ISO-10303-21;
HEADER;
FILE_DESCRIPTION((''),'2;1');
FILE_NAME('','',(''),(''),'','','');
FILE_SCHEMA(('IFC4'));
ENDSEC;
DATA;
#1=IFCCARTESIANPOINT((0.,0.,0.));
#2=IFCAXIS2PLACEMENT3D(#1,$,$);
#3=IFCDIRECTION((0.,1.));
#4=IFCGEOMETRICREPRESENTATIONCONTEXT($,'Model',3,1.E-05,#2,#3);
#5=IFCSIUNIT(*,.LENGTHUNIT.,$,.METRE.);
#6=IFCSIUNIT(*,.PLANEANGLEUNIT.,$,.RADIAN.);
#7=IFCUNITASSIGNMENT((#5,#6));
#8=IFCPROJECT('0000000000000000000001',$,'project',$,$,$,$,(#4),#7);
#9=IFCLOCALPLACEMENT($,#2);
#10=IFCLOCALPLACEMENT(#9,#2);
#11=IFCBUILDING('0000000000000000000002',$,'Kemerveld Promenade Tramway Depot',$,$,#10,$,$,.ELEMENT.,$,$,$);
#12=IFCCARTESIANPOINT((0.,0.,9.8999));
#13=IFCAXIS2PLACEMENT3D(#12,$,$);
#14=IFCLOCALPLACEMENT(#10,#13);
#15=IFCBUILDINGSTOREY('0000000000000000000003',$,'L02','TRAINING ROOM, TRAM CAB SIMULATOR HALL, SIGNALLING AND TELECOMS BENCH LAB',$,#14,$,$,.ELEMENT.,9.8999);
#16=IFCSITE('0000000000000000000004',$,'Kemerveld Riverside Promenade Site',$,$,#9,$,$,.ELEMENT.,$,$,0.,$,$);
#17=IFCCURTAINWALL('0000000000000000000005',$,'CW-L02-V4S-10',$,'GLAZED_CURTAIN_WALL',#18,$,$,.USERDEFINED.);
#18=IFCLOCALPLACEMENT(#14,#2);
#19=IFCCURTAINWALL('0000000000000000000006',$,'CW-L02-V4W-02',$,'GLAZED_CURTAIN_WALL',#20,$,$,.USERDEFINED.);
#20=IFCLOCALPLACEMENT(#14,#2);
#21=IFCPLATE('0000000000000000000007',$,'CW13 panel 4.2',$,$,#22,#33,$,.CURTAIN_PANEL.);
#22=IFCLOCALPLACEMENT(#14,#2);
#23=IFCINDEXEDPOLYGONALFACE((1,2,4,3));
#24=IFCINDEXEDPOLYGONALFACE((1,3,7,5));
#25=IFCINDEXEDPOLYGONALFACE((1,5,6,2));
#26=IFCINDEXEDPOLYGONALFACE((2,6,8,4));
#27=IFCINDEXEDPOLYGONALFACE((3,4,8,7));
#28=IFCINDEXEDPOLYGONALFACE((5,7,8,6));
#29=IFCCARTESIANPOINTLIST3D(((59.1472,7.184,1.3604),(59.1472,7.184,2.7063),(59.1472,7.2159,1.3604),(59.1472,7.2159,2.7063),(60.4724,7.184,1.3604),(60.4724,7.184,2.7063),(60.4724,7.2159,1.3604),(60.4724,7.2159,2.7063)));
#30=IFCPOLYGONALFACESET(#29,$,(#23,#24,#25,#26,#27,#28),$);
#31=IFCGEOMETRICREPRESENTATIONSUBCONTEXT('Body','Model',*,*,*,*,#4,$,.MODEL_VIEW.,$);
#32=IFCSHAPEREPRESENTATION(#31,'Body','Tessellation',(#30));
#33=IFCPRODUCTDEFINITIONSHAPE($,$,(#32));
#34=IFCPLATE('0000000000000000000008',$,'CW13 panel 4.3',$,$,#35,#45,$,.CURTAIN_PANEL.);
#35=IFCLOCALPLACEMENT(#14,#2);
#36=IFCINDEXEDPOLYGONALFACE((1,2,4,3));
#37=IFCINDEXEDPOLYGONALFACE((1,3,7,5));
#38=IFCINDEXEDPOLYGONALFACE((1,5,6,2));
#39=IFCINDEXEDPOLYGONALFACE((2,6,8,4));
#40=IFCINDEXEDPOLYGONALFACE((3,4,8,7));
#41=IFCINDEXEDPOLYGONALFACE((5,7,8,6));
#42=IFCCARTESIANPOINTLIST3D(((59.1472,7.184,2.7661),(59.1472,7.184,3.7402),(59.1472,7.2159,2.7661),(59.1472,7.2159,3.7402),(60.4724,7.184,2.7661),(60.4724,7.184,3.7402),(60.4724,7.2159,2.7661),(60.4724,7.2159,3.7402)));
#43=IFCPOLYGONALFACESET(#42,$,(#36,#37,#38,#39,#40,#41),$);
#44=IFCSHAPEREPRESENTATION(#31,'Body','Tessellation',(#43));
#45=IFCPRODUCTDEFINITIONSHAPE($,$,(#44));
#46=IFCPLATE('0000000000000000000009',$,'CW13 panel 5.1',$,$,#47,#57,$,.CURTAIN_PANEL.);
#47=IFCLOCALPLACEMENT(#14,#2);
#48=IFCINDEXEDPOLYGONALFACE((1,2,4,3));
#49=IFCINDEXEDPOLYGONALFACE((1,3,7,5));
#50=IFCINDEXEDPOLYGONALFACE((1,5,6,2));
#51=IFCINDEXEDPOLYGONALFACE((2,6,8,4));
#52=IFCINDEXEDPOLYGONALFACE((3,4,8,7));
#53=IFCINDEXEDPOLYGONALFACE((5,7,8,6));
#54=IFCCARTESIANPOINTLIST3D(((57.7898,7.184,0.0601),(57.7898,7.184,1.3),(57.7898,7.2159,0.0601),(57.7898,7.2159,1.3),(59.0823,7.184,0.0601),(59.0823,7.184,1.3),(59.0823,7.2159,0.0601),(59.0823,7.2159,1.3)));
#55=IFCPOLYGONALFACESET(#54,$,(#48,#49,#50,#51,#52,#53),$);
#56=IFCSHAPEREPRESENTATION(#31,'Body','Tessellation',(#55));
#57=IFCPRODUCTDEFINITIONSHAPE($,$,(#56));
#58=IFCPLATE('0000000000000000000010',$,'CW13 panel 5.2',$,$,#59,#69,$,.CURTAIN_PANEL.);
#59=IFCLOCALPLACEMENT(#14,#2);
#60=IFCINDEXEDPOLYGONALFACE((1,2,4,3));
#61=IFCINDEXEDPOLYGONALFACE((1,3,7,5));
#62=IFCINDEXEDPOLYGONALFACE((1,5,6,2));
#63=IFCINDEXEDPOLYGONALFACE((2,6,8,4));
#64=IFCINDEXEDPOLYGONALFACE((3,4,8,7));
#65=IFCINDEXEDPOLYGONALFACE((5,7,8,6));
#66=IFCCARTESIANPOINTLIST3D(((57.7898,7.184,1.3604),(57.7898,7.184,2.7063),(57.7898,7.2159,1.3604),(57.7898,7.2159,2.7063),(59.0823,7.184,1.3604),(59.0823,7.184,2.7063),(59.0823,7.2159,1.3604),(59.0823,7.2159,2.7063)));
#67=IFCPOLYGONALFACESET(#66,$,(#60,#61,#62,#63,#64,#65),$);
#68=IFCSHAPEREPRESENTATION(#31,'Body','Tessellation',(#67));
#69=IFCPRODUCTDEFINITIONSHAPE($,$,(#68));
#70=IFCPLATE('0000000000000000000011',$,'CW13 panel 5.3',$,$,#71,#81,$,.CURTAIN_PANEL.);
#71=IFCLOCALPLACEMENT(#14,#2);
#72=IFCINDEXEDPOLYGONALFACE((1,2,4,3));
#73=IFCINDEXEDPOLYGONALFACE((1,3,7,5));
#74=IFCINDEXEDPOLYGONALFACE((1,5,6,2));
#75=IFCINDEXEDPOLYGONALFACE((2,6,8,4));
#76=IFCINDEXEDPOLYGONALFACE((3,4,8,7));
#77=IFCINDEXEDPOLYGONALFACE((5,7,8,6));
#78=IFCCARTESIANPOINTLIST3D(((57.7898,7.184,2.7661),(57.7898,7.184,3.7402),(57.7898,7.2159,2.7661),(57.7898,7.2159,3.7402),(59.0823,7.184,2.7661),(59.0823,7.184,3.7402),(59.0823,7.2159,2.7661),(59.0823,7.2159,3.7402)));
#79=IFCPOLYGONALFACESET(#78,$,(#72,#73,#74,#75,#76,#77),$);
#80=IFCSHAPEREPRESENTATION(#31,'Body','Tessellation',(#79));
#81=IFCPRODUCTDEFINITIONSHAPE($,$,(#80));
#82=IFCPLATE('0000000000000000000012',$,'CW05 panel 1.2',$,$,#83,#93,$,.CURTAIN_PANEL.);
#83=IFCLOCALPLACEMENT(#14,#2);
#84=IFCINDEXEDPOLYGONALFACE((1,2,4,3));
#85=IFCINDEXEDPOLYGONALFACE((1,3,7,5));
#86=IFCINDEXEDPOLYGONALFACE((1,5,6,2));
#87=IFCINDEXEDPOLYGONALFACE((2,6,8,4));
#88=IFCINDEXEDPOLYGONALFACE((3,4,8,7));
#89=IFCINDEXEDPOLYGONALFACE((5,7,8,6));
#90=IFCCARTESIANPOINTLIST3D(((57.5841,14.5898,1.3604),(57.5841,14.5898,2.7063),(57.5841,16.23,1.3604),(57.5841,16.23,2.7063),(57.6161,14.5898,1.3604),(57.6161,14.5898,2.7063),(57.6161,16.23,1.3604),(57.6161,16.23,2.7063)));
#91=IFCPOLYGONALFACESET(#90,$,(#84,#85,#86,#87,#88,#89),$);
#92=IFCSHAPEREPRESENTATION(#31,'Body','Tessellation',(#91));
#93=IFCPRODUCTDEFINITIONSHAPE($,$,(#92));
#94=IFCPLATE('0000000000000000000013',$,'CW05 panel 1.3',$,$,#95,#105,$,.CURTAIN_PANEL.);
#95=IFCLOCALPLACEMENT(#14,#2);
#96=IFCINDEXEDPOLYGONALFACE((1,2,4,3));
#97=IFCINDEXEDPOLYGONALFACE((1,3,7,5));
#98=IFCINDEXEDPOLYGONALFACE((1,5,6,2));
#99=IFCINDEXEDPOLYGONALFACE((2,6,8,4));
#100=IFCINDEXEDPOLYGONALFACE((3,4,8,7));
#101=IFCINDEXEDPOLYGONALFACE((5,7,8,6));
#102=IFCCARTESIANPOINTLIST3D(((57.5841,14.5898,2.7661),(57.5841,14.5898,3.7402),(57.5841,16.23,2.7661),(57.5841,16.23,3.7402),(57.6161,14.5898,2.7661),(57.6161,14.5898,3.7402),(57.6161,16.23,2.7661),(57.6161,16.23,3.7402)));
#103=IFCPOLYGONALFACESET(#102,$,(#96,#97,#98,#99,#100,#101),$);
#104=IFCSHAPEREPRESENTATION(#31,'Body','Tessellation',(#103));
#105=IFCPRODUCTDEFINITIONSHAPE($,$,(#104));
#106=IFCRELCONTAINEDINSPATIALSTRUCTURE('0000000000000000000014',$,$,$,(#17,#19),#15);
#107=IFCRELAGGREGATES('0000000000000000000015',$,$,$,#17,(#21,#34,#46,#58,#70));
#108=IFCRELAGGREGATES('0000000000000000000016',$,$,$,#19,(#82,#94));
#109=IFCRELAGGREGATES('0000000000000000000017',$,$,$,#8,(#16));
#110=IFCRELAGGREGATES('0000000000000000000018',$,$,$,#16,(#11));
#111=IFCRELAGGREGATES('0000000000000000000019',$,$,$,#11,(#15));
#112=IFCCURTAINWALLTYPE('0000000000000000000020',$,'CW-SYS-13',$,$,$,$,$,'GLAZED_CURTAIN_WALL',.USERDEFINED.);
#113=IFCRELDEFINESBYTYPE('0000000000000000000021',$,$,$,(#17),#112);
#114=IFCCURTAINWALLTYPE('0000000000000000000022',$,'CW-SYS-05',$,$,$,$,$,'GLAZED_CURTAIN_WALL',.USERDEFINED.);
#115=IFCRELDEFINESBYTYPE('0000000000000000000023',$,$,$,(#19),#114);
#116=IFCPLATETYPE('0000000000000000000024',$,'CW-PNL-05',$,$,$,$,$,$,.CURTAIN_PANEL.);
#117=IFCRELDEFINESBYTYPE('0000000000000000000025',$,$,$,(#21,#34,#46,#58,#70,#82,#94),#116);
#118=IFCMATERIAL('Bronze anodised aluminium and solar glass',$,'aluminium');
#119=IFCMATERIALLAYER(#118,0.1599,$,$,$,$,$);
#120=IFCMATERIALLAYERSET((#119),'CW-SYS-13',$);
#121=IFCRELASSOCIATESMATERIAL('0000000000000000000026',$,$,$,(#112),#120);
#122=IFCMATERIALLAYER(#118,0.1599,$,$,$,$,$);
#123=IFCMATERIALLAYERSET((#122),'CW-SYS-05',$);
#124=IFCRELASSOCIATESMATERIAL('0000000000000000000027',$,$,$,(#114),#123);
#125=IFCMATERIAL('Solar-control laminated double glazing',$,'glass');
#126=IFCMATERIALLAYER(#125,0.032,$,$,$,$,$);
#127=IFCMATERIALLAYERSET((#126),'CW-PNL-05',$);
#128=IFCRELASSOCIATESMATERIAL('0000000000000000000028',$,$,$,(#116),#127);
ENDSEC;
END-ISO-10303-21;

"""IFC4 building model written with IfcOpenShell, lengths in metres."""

from ifc_helpers import new_model, si_unit, direction, frame, origin, origin_2d, place, context, subcontext, project, spatial, rectangle, extrude, material, layer, layer_set, type_object, element, aggregate, save


model = new_model("IFC4")

# Units and contexts
model_context = context("Model", 3, precision=1e-05, world=origin(), true_north=direction((0.0, 1.0)))
body_context = subcontext(model_context, "Body", "Model", "MODEL_VIEW")
ifc_project = project(units=[si_unit("LENGTHUNIT", "METRE"), si_unit("PLANEANGLEUNIT", "RADIAN")], contexts=[model_context])

# Site, building, storey
site_placement = place(None, origin())
site = spatial("IfcSite", under=ifc_project, at=site_placement, Name="Kemerveld Riverside Promenade Site", CompositionType="ELEMENT", RefElevation=0.0)
building_placement = place(site_placement, origin())
building = spatial("IfcBuilding", under=site, at=building_placement, Name="Kemerveld Promenade Tramway Depot", CompositionType="ELEMENT")
storey_placement = place(building_placement, frame((0.0, 0.0, 9.8999)))
storey = spatial("IfcBuildingStorey", under=building, at=storey_placement, Name="L02", Description="TRAINING ROOM, TRAM CAB SIMULATOR HALL, SIGNALLING AND TELECOMS BENCH LAB", CompositionType="ELEMENT", Elevation=9.8999)

# Curtain wall
ifc_material_1 = material(Name="Bronze anodised aluminium and solar glass", Category="aluminium")
ifc_layer_1 = layer(ifc_material_1, 0.1599)
ifc_layer_set_1 = layer_set([ifc_layer_1], Name="CW-SYS-13")
curtain_wall_type_1 = type_object("IfcCurtainWallType", Name="CW-SYS-13", ElementType="GLAZED_CURTAIN_WALL", PredefinedType="USERDEFINED", material=ifc_layer_set_1)
curtain_wall_1_placement = place(storey_placement, origin())
curtain_wall_1 = element("IfcCurtainWall", 1, at=curtain_wall_1_placement, inside=storey, type_object=curtain_wall_type_1, Name="CW-L02-V4S-10", ObjectType="GLAZED_CURTAIN_WALL", PredefinedType="USERDEFINED")

# Curtain wall
ifc_layer_2 = layer(ifc_material_1, 0.1599)
ifc_layer_set_2 = layer_set([ifc_layer_2], Name="CW-SYS-05")
curtain_wall_type_2 = type_object("IfcCurtainWallType", Name="CW-SYS-05", ElementType="GLAZED_CURTAIN_WALL", PredefinedType="USERDEFINED", material=ifc_layer_set_2)
curtain_wall_2_placement = place(storey_placement, origin())
curtain_wall_2 = element("IfcCurtainWall", 2, at=curtain_wall_2_placement, inside=storey, type_object=curtain_wall_type_2, Name="CW-L02-V4W-02", ObjectType="GLAZED_CURTAIN_WALL", PredefinedType="USERDEFINED")

# Plates
ifc_material_2 = material(Name="Solar-control laminated double glazing", Category="glass")
ifc_layer_3 = layer(ifc_material_2, 0.032)
ifc_layer_set_3 = layer_set([ifc_layer_3], Name="CW-PNL-05")
plate_type = type_object("IfcPlateType", Name="CW-PNL-05", PredefinedType="CURTAIN_PANEL", material=ifc_layer_set_3)
plate_1_placement = place(storey_placement, frame((59.8098, 7.2, 1.3604), z_axis=(0.0, 0.0, 1.0), x_axis=(-1.0, 0.0, 0.0)))
plate_1 = element("IfcPlate", 3, at=plate_1_placement, type_object=plate_type, Name="CW13 panel 4.2", PredefinedType="CURTAIN_PANEL", context=body_context, shape_type="SweptSolid", body=[
    extrude(rectangle(XDim=1.3252, YDim=0.032, at=origin_2d()), origin(), (0.0, 0.0, 1.0), 1.3459),
])
plate_2_placement = place(storey_placement, frame((59.8098, 7.2, 2.7661), z_axis=(0.0, 0.0, 1.0), x_axis=(-1.0, 0.0, 0.0)))
plate_2 = element("IfcPlate", 4, at=plate_2_placement, type_object=plate_type, Name="CW13 panel 4.3", PredefinedType="CURTAIN_PANEL", context=body_context, shape_type="SweptSolid", body=[
    extrude(rectangle(XDim=1.3252, YDim=0.032, at=origin_2d()), origin(), (0.0, 0.0, 1.0), 0.9741),
])
plate_3_placement = place(storey_placement, frame((58.436, 7.2, 0.0601), z_axis=(0.0, 0.0, 1.0), x_axis=(-1.0, 0.0, 0.0)))
plate_3 = element("IfcPlate", 5, at=plate_3_placement, type_object=plate_type, Name="CW13 panel 5.1", PredefinedType="CURTAIN_PANEL", context=body_context, shape_type="SweptSolid", body=[
    extrude(rectangle(XDim=1.2925, YDim=0.032, at=origin_2d()), origin(), (0.0, 0.0, 1.0), 1.24),
])
plate_4_placement = place(storey_placement, frame((58.436, 7.2, 1.3604), z_axis=(0.0, 0.0, 1.0), x_axis=(-1.0, 0.0, 0.0)))
plate_4 = element("IfcPlate", 6, at=plate_4_placement, type_object=plate_type, Name="CW13 panel 5.2", PredefinedType="CURTAIN_PANEL", context=body_context, shape_type="SweptSolid", body=[
    extrude(rectangle(XDim=1.2925, YDim=0.032, at=origin_2d()), origin(), (0.0, 0.0, 1.0), 1.3459),
])
plate_5_placement = place(storey_placement, frame((58.436, 7.2, 2.7661), z_axis=(0.0, 0.0, 1.0), x_axis=(-1.0, 0.0, 0.0)))
plate_5 = element("IfcPlate", 7, at=plate_5_placement, type_object=plate_type, Name="CW13 panel 5.3", PredefinedType="CURTAIN_PANEL", context=body_context, shape_type="SweptSolid", body=[
    extrude(rectangle(XDim=1.2925, YDim=0.032, at=origin_2d()), origin(), (0.0, 0.0, 1.0), 0.9741),
])
aggregate(curtain_wall_1, [plate_1, plate_2, plate_3, plate_4, plate_5])
plate_6_placement = place(storey_placement, frame((57.6001, 15.4099, 1.3604), z_axis=(0.0, 0.0, 1.0), x_axis=(0.0, 1.0, 0.0)))
plate_6 = element("IfcPlate", 8, at=plate_6_placement, type_object=plate_type, Name="CW05 panel 1.2", PredefinedType="CURTAIN_PANEL", context=body_context, shape_type="SweptSolid", body=[
    extrude(rectangle(XDim=1.6401, YDim=0.032, at=origin_2d()), origin(), (0.0, 0.0, 1.0), 1.3459),
])
plate_7_placement = place(storey_placement, frame((57.6001, 15.4099, 2.7661), z_axis=(0.0, 0.0, 1.0), x_axis=(0.0, 1.0, 0.0)))
plate_7 = element("IfcPlate", 9, at=plate_7_placement, type_object=plate_type, Name="CW05 panel 1.3", PredefinedType="CURTAIN_PANEL", context=body_context, shape_type="SweptSolid", body=[
    extrude(rectangle(XDim=1.6401, YDim=0.032, at=origin_2d()), origin(), (0.0, 0.0, 1.0), 0.9741),
])
aggregate(curtain_wall_2, [plate_6, plate_7])

save(model, "model.ifc")
